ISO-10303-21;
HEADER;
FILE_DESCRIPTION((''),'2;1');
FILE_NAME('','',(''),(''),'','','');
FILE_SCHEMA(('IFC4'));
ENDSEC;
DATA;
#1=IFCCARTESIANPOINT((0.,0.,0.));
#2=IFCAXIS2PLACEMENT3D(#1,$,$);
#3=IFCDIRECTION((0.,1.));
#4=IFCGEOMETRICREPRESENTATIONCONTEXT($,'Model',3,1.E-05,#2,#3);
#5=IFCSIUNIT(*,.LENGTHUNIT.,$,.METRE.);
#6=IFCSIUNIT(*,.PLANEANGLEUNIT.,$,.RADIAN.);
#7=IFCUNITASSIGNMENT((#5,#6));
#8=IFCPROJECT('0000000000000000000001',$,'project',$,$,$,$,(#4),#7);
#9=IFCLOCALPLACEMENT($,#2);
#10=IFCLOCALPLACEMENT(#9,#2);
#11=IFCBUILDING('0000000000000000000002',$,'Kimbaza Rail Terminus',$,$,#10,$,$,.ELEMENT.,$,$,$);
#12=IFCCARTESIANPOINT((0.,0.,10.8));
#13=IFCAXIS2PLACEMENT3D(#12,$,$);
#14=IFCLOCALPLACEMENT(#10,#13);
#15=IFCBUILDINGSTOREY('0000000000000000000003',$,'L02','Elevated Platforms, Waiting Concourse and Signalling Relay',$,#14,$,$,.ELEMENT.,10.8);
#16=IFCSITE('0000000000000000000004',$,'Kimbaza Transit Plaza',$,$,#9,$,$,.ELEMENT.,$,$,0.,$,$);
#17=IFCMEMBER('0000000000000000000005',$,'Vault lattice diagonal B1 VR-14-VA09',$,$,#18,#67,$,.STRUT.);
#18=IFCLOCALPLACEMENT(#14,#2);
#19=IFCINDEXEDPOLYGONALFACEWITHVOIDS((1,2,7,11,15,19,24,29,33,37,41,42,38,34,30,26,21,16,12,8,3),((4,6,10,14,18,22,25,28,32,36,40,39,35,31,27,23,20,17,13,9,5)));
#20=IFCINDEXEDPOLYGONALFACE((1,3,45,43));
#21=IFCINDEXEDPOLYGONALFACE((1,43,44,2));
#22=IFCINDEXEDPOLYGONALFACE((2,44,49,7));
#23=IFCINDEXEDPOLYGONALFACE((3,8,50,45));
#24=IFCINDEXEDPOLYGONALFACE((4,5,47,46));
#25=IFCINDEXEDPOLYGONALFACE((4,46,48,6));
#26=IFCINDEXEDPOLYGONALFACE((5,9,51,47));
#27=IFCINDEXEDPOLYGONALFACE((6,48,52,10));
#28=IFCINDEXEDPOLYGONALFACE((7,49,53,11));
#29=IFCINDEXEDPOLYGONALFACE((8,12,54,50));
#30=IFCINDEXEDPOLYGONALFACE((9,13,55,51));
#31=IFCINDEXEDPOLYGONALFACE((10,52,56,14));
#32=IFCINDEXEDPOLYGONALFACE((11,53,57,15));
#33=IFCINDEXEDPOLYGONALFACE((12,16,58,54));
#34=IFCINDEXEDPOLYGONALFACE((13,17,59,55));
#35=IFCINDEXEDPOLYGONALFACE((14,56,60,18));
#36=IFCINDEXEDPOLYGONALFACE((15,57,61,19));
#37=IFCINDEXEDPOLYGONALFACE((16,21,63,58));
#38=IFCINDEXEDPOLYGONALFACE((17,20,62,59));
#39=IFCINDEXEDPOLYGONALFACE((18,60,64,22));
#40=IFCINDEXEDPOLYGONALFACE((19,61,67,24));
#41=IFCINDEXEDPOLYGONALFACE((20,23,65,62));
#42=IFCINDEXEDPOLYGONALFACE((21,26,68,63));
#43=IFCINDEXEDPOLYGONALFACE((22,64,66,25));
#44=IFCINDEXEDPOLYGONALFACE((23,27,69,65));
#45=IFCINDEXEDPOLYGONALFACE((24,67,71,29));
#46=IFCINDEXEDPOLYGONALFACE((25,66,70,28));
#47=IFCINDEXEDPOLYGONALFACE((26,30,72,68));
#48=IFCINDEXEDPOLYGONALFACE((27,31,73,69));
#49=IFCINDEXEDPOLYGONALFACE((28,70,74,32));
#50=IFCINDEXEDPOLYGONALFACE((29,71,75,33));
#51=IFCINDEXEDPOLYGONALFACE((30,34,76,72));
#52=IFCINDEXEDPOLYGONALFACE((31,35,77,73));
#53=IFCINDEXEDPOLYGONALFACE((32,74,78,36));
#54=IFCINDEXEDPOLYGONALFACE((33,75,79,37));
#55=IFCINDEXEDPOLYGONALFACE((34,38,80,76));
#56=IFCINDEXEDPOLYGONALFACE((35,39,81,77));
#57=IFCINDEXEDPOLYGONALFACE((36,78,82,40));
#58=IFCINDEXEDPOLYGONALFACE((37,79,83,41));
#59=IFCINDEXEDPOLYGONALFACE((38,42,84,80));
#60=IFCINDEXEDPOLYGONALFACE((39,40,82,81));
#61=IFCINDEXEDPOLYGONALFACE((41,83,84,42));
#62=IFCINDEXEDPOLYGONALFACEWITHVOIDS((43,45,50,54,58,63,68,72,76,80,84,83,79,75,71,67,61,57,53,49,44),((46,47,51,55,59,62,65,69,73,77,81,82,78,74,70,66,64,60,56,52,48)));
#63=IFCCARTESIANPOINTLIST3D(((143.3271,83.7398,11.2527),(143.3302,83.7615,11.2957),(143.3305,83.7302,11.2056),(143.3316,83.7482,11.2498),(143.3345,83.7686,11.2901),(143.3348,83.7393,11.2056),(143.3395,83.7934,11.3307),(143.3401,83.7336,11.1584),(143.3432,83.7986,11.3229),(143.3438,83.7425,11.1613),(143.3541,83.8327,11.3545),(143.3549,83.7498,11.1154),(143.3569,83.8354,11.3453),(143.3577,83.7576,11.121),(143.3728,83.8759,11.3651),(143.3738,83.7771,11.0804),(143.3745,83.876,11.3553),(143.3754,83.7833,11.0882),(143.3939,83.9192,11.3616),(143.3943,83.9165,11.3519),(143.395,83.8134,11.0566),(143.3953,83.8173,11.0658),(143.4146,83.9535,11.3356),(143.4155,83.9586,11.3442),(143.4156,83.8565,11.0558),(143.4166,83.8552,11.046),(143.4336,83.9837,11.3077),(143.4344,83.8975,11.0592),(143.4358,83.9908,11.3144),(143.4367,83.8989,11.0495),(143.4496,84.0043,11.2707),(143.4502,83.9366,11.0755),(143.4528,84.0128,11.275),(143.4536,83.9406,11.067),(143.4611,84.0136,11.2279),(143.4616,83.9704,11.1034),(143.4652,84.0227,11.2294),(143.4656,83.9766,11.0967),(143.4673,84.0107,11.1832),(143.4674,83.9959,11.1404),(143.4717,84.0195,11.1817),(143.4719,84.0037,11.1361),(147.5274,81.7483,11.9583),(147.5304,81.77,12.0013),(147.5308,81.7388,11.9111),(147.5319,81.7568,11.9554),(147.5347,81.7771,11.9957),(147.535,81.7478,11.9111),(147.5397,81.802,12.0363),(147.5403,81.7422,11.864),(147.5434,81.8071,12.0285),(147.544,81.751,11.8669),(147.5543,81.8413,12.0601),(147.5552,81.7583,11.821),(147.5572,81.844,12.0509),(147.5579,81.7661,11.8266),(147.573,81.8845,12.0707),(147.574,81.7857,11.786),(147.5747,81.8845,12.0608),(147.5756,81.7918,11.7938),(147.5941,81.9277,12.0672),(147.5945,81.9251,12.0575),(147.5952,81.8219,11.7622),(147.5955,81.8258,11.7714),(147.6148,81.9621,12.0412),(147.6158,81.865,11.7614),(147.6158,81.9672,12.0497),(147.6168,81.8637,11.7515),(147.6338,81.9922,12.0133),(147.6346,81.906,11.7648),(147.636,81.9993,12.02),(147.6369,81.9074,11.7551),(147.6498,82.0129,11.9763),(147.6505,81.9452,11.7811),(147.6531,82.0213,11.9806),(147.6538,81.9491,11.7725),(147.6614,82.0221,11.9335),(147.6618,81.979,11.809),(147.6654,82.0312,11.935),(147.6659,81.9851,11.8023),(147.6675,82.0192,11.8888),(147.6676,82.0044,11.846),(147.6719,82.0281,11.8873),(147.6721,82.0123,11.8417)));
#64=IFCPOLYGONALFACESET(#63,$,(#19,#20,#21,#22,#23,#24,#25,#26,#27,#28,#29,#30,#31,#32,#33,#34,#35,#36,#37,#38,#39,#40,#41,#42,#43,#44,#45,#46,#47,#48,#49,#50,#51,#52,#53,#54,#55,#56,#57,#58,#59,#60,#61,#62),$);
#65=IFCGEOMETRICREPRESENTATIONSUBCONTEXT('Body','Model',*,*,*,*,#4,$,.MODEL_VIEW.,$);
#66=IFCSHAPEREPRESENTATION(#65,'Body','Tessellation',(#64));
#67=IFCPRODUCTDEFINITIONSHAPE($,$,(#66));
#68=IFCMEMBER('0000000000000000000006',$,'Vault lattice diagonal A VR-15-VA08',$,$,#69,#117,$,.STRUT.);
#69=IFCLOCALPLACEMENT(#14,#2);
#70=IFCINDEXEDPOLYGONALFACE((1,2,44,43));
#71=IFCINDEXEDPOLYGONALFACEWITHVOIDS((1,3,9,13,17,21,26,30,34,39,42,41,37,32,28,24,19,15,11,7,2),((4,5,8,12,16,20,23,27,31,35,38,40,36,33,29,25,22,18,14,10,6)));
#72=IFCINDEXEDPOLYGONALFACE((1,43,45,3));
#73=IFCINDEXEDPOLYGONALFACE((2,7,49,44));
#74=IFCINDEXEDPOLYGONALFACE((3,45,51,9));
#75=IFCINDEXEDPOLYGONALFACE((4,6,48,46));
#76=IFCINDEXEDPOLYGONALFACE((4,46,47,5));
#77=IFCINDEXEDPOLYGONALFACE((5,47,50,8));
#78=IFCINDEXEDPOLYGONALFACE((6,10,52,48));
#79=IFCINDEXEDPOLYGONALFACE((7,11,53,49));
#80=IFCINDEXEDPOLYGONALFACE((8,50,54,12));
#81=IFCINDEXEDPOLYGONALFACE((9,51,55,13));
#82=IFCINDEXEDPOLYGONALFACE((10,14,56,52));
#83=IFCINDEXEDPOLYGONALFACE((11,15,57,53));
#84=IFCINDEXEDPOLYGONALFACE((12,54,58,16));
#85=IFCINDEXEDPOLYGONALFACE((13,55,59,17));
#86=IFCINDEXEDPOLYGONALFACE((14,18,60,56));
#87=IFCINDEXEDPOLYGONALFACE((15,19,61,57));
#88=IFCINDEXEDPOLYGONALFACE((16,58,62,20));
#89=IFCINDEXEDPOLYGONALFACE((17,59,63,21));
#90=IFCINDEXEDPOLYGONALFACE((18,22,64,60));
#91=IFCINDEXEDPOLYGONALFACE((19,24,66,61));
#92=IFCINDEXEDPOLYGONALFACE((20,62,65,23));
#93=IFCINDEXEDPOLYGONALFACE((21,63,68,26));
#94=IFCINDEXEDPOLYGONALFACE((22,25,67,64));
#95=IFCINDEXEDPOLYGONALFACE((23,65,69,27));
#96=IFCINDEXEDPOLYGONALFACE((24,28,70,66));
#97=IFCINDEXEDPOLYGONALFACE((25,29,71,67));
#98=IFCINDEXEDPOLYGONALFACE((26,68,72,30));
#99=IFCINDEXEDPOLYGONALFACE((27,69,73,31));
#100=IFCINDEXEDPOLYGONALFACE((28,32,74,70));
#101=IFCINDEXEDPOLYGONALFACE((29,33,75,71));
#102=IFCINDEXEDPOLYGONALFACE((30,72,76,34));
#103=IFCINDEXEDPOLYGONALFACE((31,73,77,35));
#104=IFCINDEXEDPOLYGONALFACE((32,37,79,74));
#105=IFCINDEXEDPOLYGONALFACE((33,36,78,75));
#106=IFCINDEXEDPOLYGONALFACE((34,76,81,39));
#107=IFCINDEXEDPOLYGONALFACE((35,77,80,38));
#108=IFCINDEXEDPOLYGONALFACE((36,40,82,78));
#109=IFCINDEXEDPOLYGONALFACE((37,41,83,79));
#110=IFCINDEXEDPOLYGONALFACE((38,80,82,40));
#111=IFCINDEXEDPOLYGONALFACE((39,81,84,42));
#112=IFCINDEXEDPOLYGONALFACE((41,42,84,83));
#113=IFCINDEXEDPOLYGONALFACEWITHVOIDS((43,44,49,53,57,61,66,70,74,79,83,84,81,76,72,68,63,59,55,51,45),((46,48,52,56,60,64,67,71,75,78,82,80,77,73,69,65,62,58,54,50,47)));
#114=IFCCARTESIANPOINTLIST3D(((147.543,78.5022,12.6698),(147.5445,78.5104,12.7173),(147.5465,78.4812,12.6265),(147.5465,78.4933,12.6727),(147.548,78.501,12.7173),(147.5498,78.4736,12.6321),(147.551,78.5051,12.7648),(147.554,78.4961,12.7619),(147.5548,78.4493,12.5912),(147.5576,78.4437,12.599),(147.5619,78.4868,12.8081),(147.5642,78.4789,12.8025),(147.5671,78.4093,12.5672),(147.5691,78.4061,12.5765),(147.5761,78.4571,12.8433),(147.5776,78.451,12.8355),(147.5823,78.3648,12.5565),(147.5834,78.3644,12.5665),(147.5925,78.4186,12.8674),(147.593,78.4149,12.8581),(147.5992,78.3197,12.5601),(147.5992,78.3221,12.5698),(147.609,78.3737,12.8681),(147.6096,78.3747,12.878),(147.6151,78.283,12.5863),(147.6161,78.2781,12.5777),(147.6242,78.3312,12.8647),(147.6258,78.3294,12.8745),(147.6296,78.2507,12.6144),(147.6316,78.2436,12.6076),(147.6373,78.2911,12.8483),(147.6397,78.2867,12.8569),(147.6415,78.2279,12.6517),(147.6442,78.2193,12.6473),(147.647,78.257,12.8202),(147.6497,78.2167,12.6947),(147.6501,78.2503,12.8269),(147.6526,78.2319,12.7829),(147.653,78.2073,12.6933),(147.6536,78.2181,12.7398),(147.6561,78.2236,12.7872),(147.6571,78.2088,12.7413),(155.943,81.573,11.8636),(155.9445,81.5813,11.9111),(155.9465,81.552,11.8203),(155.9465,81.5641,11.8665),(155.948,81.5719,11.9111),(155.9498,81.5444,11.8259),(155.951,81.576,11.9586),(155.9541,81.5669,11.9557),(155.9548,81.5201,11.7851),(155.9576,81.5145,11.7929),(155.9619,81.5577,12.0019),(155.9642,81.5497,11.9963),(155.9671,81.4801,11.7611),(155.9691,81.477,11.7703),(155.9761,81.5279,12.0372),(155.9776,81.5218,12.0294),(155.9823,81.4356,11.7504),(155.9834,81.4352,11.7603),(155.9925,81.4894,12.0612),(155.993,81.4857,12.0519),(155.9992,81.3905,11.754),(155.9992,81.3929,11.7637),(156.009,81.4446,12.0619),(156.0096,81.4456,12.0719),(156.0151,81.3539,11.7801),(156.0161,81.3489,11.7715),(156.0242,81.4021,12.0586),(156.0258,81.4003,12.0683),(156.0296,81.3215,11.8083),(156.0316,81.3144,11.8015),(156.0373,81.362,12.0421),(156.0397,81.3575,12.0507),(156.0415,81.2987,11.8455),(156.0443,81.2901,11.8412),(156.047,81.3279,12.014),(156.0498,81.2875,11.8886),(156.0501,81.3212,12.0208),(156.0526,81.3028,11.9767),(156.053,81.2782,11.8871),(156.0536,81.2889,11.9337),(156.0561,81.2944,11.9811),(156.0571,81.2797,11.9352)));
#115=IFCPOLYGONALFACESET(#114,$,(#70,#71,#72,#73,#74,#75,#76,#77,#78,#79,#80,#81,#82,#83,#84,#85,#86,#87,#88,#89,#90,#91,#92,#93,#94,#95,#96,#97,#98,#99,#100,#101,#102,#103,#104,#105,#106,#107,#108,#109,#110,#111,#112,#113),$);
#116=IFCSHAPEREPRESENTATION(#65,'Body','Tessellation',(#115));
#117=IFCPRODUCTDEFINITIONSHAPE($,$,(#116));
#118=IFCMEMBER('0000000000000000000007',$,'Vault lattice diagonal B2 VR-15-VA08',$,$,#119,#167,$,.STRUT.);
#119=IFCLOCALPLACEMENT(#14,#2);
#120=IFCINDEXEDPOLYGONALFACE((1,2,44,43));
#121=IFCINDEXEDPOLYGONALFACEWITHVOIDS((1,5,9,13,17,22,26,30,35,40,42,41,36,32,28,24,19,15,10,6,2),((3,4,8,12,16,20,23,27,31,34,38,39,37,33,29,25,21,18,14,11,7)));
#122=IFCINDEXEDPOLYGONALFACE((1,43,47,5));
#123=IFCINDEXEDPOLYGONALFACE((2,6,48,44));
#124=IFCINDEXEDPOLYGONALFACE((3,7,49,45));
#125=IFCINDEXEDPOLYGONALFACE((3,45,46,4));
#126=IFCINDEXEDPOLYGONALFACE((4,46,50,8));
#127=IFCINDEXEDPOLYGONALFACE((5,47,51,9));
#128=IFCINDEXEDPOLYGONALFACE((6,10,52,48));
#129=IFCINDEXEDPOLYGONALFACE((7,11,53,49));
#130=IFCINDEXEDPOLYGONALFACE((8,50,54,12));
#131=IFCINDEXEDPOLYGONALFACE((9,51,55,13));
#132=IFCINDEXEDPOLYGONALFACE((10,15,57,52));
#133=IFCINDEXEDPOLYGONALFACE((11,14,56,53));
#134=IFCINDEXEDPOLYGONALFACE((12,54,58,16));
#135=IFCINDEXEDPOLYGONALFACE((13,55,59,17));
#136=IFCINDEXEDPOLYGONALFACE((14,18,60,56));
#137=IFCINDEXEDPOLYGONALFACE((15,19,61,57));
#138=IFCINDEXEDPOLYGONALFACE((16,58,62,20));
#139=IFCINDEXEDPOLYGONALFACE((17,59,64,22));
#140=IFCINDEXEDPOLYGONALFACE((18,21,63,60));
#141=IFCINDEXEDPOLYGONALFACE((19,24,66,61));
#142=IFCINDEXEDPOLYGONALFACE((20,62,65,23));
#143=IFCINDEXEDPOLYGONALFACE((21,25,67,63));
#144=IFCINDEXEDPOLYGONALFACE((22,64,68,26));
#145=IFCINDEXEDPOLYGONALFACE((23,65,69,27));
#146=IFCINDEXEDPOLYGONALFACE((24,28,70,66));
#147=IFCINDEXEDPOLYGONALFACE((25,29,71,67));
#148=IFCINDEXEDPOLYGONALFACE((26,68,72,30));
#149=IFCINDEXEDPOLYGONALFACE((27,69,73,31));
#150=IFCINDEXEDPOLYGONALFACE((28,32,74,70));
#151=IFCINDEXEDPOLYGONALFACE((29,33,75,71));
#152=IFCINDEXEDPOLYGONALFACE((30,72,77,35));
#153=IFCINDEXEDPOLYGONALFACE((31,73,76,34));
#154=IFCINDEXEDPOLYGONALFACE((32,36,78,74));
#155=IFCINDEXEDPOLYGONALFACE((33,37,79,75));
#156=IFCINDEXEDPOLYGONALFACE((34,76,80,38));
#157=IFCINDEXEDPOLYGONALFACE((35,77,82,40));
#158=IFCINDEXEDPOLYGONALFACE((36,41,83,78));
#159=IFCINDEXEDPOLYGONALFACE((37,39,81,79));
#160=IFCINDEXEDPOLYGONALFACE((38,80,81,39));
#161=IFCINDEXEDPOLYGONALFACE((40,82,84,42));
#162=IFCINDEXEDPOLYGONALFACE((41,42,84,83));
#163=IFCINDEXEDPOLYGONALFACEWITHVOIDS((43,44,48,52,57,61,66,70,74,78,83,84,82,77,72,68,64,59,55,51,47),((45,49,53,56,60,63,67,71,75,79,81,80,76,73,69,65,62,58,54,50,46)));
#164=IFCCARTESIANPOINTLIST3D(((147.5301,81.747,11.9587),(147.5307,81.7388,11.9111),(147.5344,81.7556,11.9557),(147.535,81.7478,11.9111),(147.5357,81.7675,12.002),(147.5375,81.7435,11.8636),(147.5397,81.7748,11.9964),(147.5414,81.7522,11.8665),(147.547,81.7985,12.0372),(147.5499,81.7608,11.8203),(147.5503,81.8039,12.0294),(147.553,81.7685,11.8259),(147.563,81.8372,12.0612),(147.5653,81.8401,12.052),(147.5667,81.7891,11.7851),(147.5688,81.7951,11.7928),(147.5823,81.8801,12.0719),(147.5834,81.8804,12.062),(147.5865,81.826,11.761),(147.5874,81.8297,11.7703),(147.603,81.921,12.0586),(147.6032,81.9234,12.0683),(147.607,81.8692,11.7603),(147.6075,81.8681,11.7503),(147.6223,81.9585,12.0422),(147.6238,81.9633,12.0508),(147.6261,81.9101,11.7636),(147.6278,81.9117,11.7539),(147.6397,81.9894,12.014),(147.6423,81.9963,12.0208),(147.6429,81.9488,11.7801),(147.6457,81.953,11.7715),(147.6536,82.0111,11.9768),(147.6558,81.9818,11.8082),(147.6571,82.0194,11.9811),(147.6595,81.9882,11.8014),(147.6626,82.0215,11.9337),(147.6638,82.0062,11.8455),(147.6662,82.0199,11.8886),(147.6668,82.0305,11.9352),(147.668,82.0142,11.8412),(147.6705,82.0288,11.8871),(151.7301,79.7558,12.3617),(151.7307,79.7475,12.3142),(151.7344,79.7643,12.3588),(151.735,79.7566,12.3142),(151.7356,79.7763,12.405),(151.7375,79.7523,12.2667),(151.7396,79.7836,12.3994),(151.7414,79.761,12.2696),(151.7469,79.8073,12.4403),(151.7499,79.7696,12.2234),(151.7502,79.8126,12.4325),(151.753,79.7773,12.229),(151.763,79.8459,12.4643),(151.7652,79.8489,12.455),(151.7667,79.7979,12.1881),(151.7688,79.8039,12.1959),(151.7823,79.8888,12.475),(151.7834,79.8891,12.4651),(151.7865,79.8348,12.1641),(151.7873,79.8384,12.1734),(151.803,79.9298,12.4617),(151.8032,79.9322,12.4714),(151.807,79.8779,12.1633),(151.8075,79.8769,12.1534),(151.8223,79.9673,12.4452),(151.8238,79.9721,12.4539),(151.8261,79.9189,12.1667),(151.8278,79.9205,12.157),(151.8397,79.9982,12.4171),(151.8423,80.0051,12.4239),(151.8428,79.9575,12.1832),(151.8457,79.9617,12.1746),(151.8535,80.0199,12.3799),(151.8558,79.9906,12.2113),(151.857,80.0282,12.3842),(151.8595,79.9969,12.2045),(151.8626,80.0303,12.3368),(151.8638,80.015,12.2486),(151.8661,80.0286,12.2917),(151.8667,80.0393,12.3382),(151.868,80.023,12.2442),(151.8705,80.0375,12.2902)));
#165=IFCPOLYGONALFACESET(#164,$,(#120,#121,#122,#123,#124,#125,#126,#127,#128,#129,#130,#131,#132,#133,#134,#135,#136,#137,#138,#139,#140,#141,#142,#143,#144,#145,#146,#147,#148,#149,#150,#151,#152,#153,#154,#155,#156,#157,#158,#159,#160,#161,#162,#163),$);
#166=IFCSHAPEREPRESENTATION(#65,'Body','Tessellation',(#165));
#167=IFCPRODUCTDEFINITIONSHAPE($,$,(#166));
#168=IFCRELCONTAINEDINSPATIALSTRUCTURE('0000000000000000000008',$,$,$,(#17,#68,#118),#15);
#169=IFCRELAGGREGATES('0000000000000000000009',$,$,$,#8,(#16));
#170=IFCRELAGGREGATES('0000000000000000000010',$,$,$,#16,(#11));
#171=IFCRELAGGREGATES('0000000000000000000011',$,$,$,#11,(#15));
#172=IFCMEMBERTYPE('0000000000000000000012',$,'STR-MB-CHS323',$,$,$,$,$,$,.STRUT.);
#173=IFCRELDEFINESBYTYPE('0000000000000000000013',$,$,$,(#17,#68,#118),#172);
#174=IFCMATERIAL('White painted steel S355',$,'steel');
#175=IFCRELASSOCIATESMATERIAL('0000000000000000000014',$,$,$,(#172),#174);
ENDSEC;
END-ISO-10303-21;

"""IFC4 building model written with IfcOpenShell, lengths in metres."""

from ifc_helpers import new_model, si_unit, direction, frame, origin, origin_2d, place, context, subcontext, project, spatial, hollow_circle, extrude, material, material_profile, profile_set, type_object, element, save


model = new_model("IFC4")

# Units and contexts
model_context = context("Model", 3, precision=1e-05, world=origin(), true_north=direction((0.0, 1.0)))
body_context = subcontext(model_context, "Body", "Model", "MODEL_VIEW")
ifc_project = project(units=[si_unit("LENGTHUNIT", "METRE"), si_unit("PLANEANGLEUNIT", "RADIAN")], contexts=[model_context])

# Site, building, storey
site_placement = place(None, origin())
site = spatial("IfcSite", under=ifc_project, at=site_placement, Name="Kimbaza Transit Plaza", CompositionType="ELEMENT", RefElevation=0.0)
building_placement = place(site_placement, origin())
building = spatial("IfcBuilding", under=site, at=building_placement, Name="Kimbaza Rail Terminus", CompositionType="ELEMENT")
storey_placement = place(building_placement, frame((0.0, 0.0, 10.8)))
storey = spatial("IfcBuildingStorey", under=building, at=storey_placement, Name="L02", Description="Elevated Platforms, Waiting Concourse and Signalling Relay", CompositionType="ELEMENT", Elevation=10.8)

# Members
ifc_material_1 = material(Name="White painted steel S355", Category="steel")
ifc_material_profile_1 = material_profile(ifc_material_1, hollow_circle(Radius=0.1619, WallThickness=0.01, at=origin_2d()), Name="CHS 323.9x10")
ifc_profile_set_1 = profile_set([ifc_material_profile_1], Name="White painted steel S355")
member_type_1 = type_object("IfcMemberType", Name="STR-MB-CHS323", PredefinedType="STRUT", material=ifc_profile_set_1)
member_1_placement = place(storey_placement, frame((147.6001, 81.885, 11.9111), z_axis=(-0.893348, 0.423567, -0.150068), x_axis=(-0.428418, -0.903581, 0.0)))
element("IfcMember", 1, at=member_1_placement, inside=storey, type_object=member_type_1, Name="Vault lattice diagonal B1 VR-14-VA09", PredefinedType="STRUT", context=body_context, shape_type="SweptSolid", body=[
    extrude(hollow_circle(Radius=0.1619, WallThickness=0.01, at=origin_2d()), origin(), (0.0, 0.0, 1.0), 4.7017),
])
member_2_placement = place(storey_placement, frame((147.6001, 78.3584, 12.7173), z_axis=(0.935415, 0.341965, -0.089773), x_axis=(-0.343351, 0.939207, 0.0)))
element("IfcMember", 2, at=member_2_placement, inside=storey, type_object=member_type_1, Name="Vault lattice diagonal A VR-15-VA08", PredefinedType="STRUT", context=body_context, shape_type="SweptSolid", body=[
    extrude(hollow_circle(Radius=0.1619, WallThickness=0.01, at=origin_2d()), origin(), (0.0, 0.0, 1.0), 8.98),
])
member_3_placement = place(storey_placement, frame((151.8, 79.8938, 12.3142), z_axis=(-0.900213, 0.426794, -0.086395), x_axis=(-0.428396, -0.903591, 0.0)))
element("IfcMember", 3, at=member_3_placement, inside=storey, type_object=member_type_1, Name="Vault lattice diagonal B2 VR-15-VA08", PredefinedType="STRUT", context=body_context, shape_type="SweptSolid", body=[
    extrude(hollow_circle(Radius=0.1619, WallThickness=0.01, at=origin_2d()), origin(), (0.0, 0.0, 1.0), 4.6655),
])

save(model, "model.ifc")
